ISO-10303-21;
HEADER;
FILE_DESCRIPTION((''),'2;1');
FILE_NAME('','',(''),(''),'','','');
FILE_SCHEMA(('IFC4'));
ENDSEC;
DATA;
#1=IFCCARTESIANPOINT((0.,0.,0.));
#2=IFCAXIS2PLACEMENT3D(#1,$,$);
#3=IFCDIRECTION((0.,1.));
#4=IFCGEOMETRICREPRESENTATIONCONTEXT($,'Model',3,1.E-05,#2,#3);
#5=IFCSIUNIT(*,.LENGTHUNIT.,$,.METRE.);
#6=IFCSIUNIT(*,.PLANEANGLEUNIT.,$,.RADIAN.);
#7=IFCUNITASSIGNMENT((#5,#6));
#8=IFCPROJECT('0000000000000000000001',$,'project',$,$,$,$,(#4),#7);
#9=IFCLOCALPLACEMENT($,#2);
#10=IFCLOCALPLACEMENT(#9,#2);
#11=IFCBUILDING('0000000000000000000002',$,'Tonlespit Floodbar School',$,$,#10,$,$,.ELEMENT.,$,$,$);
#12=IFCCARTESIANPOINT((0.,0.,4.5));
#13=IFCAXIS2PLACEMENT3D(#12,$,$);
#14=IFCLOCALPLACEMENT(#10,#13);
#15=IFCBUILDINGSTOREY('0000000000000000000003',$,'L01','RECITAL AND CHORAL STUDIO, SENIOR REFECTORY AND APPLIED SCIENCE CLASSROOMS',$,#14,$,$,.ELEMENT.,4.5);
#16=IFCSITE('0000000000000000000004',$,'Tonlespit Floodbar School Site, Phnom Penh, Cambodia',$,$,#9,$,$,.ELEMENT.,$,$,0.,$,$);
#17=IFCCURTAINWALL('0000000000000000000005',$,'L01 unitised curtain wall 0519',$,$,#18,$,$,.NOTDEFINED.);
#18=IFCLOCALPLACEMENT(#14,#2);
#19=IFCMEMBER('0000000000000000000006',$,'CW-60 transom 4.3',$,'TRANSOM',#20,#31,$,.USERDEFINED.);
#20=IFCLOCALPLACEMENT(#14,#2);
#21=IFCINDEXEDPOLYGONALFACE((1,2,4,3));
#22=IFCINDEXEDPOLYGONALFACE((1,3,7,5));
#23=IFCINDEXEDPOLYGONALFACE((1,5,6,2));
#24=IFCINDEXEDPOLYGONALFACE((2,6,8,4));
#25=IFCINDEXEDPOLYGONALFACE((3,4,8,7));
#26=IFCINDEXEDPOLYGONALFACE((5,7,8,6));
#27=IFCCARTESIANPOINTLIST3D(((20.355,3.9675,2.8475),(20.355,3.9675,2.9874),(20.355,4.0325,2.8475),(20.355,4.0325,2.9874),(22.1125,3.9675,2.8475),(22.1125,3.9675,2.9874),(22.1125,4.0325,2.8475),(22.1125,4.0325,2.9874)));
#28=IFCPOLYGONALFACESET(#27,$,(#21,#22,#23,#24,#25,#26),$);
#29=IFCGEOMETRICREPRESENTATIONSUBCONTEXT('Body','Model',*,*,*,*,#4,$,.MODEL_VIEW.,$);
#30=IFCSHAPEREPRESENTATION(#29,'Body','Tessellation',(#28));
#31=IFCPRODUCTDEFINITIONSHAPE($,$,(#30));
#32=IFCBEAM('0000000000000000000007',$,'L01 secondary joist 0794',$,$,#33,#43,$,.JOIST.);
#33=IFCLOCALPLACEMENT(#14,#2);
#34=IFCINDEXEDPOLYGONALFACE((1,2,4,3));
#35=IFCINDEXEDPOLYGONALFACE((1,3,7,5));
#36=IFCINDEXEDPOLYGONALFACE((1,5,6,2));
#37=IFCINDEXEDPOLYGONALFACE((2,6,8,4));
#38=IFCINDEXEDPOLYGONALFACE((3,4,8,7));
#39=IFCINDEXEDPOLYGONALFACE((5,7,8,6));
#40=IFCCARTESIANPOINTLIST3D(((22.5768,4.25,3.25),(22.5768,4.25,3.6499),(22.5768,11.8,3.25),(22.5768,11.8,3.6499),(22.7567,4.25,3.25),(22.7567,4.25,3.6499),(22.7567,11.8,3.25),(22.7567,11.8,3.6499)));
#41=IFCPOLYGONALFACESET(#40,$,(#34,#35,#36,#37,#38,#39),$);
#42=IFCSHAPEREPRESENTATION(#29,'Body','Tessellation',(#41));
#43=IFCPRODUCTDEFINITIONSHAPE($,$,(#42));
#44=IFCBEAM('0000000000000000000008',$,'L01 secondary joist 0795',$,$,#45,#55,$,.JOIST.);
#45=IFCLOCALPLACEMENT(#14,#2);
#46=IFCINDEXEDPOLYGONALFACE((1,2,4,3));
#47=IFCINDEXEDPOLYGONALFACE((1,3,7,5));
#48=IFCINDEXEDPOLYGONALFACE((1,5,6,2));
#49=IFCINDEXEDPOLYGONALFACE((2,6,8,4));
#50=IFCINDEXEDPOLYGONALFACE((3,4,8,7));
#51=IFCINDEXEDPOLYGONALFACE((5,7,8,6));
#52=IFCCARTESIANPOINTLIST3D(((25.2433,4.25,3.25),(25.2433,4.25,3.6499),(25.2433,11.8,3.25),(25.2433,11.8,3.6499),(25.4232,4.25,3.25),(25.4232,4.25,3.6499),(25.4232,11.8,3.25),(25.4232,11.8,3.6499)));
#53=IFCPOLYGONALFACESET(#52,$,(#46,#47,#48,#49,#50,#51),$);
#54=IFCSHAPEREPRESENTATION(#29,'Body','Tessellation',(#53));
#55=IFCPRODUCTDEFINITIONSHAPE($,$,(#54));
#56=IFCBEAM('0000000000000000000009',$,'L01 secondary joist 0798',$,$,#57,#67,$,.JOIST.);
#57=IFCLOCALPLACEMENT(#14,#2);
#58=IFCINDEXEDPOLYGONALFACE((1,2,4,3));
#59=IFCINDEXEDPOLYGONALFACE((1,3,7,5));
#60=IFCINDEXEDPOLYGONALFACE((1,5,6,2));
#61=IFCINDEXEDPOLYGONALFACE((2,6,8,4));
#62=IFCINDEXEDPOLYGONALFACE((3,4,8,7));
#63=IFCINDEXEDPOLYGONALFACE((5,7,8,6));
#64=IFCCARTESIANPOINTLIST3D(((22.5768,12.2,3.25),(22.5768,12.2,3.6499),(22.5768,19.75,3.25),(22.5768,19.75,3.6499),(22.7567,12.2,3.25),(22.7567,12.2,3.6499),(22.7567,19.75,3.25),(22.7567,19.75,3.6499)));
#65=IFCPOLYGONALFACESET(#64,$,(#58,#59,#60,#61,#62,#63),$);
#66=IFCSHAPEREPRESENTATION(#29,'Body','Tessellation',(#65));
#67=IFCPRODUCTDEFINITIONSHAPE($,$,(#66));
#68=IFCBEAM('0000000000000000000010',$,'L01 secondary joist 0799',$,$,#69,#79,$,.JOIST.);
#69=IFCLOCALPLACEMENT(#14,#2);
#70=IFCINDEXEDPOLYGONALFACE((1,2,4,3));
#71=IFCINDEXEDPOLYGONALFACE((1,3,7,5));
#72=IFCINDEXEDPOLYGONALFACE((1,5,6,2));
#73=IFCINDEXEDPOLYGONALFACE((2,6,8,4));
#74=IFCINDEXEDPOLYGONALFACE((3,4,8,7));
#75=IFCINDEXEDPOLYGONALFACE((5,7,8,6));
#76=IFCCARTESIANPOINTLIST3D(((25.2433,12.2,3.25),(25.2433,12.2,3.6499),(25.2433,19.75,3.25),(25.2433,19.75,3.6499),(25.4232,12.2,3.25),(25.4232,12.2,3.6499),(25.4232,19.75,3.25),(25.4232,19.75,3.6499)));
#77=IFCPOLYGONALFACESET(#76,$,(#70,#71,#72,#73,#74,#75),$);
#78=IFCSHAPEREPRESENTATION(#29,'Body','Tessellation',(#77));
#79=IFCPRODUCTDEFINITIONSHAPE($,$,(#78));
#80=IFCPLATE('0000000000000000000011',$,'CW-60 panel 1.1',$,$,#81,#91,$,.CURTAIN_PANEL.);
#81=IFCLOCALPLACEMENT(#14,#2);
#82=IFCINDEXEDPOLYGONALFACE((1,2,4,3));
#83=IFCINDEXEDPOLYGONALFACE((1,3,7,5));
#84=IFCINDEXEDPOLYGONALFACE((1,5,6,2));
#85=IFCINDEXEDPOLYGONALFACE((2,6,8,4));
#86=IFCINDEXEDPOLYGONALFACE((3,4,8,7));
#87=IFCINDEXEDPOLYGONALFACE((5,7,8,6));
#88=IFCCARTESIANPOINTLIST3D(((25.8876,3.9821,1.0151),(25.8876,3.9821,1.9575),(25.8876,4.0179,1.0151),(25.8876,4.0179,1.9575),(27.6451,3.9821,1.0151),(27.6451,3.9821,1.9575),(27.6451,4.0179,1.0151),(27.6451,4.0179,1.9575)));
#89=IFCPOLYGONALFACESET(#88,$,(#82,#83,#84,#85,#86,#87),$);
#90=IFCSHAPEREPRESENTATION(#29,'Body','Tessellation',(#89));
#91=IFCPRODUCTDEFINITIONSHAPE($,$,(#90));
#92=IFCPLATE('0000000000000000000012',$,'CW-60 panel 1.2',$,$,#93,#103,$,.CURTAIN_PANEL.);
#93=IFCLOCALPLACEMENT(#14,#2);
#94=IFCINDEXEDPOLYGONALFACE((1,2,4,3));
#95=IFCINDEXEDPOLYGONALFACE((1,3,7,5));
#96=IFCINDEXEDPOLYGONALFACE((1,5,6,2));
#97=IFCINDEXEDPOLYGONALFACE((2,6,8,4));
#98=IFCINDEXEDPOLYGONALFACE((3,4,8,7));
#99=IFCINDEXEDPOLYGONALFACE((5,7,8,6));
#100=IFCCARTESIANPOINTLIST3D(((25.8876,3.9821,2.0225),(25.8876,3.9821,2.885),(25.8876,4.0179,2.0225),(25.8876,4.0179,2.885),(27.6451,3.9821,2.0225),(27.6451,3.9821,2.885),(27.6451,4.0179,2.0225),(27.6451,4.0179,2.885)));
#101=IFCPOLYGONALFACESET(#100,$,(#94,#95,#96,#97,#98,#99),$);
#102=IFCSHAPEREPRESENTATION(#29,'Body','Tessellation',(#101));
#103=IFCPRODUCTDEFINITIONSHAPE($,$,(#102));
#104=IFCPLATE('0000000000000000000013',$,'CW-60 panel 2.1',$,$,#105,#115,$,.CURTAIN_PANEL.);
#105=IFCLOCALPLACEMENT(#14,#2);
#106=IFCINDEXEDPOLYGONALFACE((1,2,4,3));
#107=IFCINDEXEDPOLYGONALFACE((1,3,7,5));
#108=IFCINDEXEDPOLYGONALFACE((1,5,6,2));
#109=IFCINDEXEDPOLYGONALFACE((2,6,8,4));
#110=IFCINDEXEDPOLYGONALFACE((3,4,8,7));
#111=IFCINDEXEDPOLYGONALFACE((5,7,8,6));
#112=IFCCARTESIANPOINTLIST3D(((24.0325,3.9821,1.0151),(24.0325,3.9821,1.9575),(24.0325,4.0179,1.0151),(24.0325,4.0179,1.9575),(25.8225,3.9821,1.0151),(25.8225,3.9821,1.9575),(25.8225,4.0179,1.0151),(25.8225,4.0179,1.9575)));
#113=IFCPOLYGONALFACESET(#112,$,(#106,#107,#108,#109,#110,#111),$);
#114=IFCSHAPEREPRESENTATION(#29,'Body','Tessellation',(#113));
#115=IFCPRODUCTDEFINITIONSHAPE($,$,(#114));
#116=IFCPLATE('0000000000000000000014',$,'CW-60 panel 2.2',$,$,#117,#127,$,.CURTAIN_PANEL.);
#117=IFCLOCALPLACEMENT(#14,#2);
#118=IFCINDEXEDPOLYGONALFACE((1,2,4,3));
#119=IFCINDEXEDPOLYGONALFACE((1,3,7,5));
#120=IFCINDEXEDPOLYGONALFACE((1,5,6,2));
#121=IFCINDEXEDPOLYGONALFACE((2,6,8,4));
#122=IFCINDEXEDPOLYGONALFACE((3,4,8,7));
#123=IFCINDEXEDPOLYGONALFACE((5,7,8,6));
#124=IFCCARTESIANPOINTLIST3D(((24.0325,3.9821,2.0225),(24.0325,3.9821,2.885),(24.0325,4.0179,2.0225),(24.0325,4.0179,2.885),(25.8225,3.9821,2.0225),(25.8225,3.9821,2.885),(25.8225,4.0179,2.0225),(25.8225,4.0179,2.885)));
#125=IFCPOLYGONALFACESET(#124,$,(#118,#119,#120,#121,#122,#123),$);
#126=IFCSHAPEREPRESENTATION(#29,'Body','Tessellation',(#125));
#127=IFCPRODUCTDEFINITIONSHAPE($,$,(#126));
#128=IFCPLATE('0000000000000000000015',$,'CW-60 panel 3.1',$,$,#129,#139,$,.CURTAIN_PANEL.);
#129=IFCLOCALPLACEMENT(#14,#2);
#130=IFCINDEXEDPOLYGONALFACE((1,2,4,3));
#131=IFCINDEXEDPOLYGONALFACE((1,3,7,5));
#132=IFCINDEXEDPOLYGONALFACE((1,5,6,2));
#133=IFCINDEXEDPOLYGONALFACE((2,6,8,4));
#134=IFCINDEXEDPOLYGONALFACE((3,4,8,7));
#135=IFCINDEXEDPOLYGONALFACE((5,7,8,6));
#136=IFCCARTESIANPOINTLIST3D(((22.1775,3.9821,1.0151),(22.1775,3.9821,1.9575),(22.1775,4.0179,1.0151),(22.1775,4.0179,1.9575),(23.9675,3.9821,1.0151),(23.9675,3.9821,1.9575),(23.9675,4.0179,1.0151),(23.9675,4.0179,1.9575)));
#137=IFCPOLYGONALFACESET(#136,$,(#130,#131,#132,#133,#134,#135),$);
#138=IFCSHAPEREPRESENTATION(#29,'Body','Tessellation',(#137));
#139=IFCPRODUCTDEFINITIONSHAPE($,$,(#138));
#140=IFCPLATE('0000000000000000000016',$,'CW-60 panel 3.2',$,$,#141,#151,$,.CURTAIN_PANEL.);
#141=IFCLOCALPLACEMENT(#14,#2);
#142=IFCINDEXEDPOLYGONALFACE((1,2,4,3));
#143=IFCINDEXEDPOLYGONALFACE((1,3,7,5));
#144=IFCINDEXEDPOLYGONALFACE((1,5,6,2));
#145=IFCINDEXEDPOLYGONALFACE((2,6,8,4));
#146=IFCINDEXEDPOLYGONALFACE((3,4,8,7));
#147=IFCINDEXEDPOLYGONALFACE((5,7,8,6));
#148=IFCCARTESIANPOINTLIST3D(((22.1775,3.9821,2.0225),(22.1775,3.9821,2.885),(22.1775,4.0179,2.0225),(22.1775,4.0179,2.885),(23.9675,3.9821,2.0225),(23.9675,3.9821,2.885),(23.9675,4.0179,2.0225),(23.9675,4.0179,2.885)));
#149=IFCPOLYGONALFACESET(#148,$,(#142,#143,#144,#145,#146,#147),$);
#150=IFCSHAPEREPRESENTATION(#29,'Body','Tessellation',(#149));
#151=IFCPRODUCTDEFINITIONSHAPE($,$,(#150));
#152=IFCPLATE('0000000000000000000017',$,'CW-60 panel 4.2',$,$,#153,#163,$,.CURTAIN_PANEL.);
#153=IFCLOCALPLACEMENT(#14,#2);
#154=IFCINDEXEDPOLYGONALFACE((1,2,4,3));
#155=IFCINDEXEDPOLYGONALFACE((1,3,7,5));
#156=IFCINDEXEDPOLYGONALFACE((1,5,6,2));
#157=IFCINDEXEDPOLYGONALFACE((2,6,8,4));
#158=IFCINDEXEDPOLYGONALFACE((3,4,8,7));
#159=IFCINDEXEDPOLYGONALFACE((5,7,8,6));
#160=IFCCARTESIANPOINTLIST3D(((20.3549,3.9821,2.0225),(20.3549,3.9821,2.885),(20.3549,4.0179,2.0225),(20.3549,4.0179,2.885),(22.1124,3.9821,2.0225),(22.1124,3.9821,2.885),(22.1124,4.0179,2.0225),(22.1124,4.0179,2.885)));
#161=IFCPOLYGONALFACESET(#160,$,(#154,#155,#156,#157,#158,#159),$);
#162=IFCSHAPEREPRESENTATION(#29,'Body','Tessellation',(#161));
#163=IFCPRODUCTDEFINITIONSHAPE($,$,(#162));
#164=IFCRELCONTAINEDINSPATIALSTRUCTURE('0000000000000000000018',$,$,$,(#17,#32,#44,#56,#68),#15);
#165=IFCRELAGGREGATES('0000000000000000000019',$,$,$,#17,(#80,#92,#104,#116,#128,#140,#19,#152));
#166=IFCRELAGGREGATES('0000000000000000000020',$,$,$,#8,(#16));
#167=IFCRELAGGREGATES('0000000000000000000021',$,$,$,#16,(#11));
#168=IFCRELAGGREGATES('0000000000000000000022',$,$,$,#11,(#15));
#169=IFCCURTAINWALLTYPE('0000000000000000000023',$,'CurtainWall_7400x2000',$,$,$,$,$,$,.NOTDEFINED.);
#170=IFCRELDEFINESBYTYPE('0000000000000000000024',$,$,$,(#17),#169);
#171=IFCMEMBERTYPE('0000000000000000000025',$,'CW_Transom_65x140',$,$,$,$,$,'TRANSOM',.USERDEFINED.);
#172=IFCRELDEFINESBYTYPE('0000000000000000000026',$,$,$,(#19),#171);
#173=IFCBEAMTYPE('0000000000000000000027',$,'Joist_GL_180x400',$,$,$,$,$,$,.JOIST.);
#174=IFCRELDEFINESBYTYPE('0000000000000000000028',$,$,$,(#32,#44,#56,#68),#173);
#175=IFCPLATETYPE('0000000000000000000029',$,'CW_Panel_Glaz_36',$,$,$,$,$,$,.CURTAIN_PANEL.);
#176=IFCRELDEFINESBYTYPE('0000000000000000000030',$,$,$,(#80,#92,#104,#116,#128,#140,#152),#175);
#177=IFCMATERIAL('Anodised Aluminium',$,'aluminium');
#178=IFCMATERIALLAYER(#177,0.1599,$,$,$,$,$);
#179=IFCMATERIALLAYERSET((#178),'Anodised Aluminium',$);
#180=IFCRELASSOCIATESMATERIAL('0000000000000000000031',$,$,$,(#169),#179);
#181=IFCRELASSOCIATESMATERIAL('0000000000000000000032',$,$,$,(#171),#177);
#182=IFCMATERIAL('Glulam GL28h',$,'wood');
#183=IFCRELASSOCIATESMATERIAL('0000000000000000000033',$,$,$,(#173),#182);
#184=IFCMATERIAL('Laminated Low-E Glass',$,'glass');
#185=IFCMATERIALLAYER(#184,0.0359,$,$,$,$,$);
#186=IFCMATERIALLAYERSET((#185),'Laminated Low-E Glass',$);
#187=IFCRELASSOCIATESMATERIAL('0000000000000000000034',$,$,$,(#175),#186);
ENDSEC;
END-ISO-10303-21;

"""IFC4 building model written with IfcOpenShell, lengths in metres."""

from ifc_helpers import new_model, si_unit, direction, frame, origin, origin_2d, place, context, subcontext, project, spatial, rectangle, extrude, material, layer, layer_set, material_profile, profile_set, type_object, element, aggregate, save


model = new_model("IFC4")

# Units and contexts
model_context = context("Model", 3, precision=1e-05, world=origin(), true_north=direction((0.0, 1.0)))
body_context = subcontext(model_context, "Body", "Model", "MODEL_VIEW")
ifc_project = project(units=[si_unit("LENGTHUNIT", "METRE"), si_unit("PLANEANGLEUNIT", "RADIAN")], contexts=[model_context])

# Site, building, storey
site_placement = place(None, origin())
site = spatial("IfcSite", under=ifc_project, at=site_placement, Name="Tonlespit Floodbar School Site, Phnom Penh, Cambodia", CompositionType="ELEMENT", RefElevation=0.0)
building_placement = place(site_placement, origin())
building = spatial("IfcBuilding", under=site, at=building_placement, Name="Tonlespit Floodbar School", CompositionType="ELEMENT")
storey_placement = place(building_placement, frame((0.0, 0.0, 4.5)))
storey = spatial("IfcBuildingStorey", under=building, at=storey_placement, Name="L01", Description="RECITAL AND CHORAL STUDIO, SENIOR REFECTORY AND APPLIED SCIENCE CLASSROOMS", CompositionType="ELEMENT", Elevation=4.5)

# Curtain wall, member
ifc_material_1 = material(Name="Anodised Aluminium", Category="aluminium")
ifc_layer_1 = layer(ifc_material_1, 0.1599)
ifc_layer_set_1 = layer_set([ifc_layer_1], Name="Anodised Aluminium")
curtain_wall_type = type_object("IfcCurtainWallType", Name="CurtainWall_7400x2000", PredefinedType="NOTDEFINED", material=ifc_layer_set_1)
curtain_wall_placement = place(storey_placement, origin())
curtain_wall = element("IfcCurtainWall", 1, at=curtain_wall_placement, inside=storey, type_object=curtain_wall_type, Name="L01 unitised curtain wall 0519", PredefinedType="NOTDEFINED")
ifc_material_profile_1 = material_profile(ifc_material_1, rectangle(XDim=0.0649, YDim=0.1399, at=origin_2d()), Name="ALU T65x140")
ifc_profile_set_1 = profile_set([ifc_material_profile_1], Name="Anodised Aluminium")
member_type_1 = type_object("IfcMemberType", Name="CW_Transom_65x140", ElementType="TRANSOM", PredefinedType="USERDEFINED", material=ifc_profile_set_1)
member_1_placement = place(storey_placement, frame((22.1125, 4.0, 2.9175), z_axis=(-1.0, 0.0, 0.0), x_axis=(0.0, -1.0, 0.0)))
member_1 = element("IfcMember", 2, at=member_1_placement, type_object=member_type_1, Name="CW-60 transom 4.3", ObjectType="TRANSOM", PredefinedType="USERDEFINED", context=body_context, shape_type="SweptSolid", body=[
    extrude(rectangle(XDim=0.0649, YDim=0.1399, at=origin_2d()), origin(), (0.0, 0.0, 1.0), 1.7576),
])

# Beams
ifc_material_2 = material(Name="Glulam GL28h", Category="wood")
ifc_material_profile_2 = material_profile(ifc_material_2, rectangle(XDim=0.1799, YDim=0.3999, at=origin_2d()), Name="GL 180x400")
ifc_profile_set_2 = profile_set([ifc_material_profile_2], Name="Glulam GL28h")
beam_type = type_object("IfcBeamType", Name="Joist_GL_180x400", PredefinedType="JOIST", material=ifc_profile_set_2)
for number, where, z_axis, x_axis, name in (
    (3, (22.6667, 4.25, 3.45), (0.0, 1.0, 0.0), (-1.0, 0.0, 0.0), "L01 secondary joist 0794"),
    (4, (25.3333, 4.25, 3.45), (0.0, 1.0, 0.0), (-1.0, 0.0, 0.0), "L01 secondary joist 0795"),
    (5, (22.6667, 12.2, 3.45), (0.0, 1.0, 0.0), (-1.0, 0.0, 0.0), "L01 secondary joist 0798"),
    (6, (25.3333, 12.2, 3.45), (0.0, 1.0, 0.0), (-1.0, 0.0, 0.0), "L01 secondary joist 0799"),
):
    element("IfcBeam", number, at=place(storey_placement, frame(where, z_axis=z_axis, x_axis=x_axis)), inside=storey, type_object=beam_type, Name=name, PredefinedType="JOIST", context=body_context, shape_type="SweptSolid", body=[
        extrude(rectangle(XDim=0.1799, YDim=0.3999, at=origin_2d()), origin(), (0.0, 0.0, 1.0), 7.55),
    ])

# Plates
ifc_material_3 = material(Name="Laminated Low-E Glass", Category="glass")
ifc_layer_2 = layer(ifc_material_3, 0.0359)
ifc_layer_set_2 = layer_set([ifc_layer_2], Name="Laminated Low-E Glass")
plate_type = type_object("IfcPlateType", Name="CW_Panel_Glaz_36", PredefinedType="CURTAIN_PANEL", material=ifc_layer_set_2)
plate_1_placement = place(storey_placement, frame((26.7664, 4.0, 1.0151), z_axis=(0.0, 0.0, 1.0), x_axis=(-1.0, 0.0, 0.0)))
plate_1 = element("IfcPlate", 7, at=plate_1_placement, type_object=plate_type, Name="CW-60 panel 1.1", PredefinedType="CURTAIN_PANEL", context=body_context, shape_type="SweptSolid", body=[
    extrude(rectangle(XDim=1.7576, YDim=0.0359, at=origin_2d()), origin(), (0.0, 0.0, 1.0), 0.9424),
])
plate_2_placement = place(storey_placement, frame((26.7664, 4.0, 2.0225), z_axis=(0.0, 0.0, 1.0), x_axis=(-1.0, 0.0, 0.0)))
plate_2 = element("IfcPlate", 8, at=plate_2_placement, type_object=plate_type, Name="CW-60 panel 1.2", PredefinedType="CURTAIN_PANEL", context=body_context, shape_type="SweptSolid", body=[
    extrude(rectangle(XDim=1.7576, YDim=0.0359, at=origin_2d()), origin(), (0.0, 0.0, 1.0), 0.8625),
])
plate_3_placement = place(storey_placement, frame((24.9275, 4.0, 1.0151), z_axis=(0.0, 0.0, 1.0), x_axis=(-1.0, 0.0, 0.0)))
plate_3 = element("IfcPlate", 9, at=plate_3_placement, type_object=plate_type, Name="CW-60 panel 2.1", PredefinedType="CURTAIN_PANEL", context=body_context, shape_type="SweptSolid", body=[
    extrude(rectangle(XDim=1.79, YDim=0.0359, at=origin_2d()), origin(), (0.0, 0.0, 1.0), 0.9424),
])
plate_4_placement = place(storey_placement, frame((24.9275, 4.0, 2.0225), z_axis=(0.0, 0.0, 1.0), x_axis=(-1.0, 0.0, 0.0)))
plate_4 = element("IfcPlate", 10, at=plate_4_placement, type_object=plate_type, Name="CW-60 panel 2.2", PredefinedType="CURTAIN_PANEL", context=body_context, shape_type="SweptSolid", body=[
    extrude(rectangle(XDim=1.79, YDim=0.0359, at=origin_2d()), origin(), (0.0, 0.0, 1.0), 0.8625),
])
plate_5_placement = place(storey_placement, frame((23.0725, 4.0, 1.0151), z_axis=(0.0, 0.0, 1.0), x_axis=(-1.0, 0.0, 0.0)))
plate_5 = element("IfcPlate", 11, at=plate_5_placement, type_object=plate_type, Name="CW-60 panel 3.1", PredefinedType="CURTAIN_PANEL", context=body_context, shape_type="SweptSolid", body=[
    extrude(rectangle(XDim=1.79, YDim=0.0359, at=origin_2d()), origin(), (0.0, 0.0, 1.0), 0.9424),
])
plate_6_placement = place(storey_placement, frame((23.0725, 4.0, 2.0225), z_axis=(0.0, 0.0, 1.0), x_axis=(-1.0, 0.0, 0.0)))
plate_6 = element("IfcPlate", 12, at=plate_6_placement, type_object=plate_type, Name="CW-60 panel 3.2", PredefinedType="CURTAIN_PANEL", context=body_context, shape_type="SweptSolid", body=[
    extrude(rectangle(XDim=1.79, YDim=0.0359, at=origin_2d()), origin(), (0.0, 0.0, 1.0), 0.8625),
])
plate_7_placement = place(storey_placement, frame((21.2336, 4.0, 2.0225), z_axis=(0.0, 0.0, 1.0), x_axis=(-1.0, 0.0, 0.0)))
plate_7 = element("IfcPlate", 13, at=plate_7_placement, type_object=plate_type, Name="CW-60 panel 4.2", PredefinedType="CURTAIN_PANEL", context=body_context, shape_type="SweptSolid", body=[
    extrude(rectangle(XDim=1.7576, YDim=0.0359, at=origin_2d()), origin(), (0.0, 0.0, 1.0), 0.8625),
])
aggregate(curtain_wall, [plate_1, plate_2, plate_3, plate_4, plate_5, plate_6, member_1, plate_7])

save(model, "model.ifc")
